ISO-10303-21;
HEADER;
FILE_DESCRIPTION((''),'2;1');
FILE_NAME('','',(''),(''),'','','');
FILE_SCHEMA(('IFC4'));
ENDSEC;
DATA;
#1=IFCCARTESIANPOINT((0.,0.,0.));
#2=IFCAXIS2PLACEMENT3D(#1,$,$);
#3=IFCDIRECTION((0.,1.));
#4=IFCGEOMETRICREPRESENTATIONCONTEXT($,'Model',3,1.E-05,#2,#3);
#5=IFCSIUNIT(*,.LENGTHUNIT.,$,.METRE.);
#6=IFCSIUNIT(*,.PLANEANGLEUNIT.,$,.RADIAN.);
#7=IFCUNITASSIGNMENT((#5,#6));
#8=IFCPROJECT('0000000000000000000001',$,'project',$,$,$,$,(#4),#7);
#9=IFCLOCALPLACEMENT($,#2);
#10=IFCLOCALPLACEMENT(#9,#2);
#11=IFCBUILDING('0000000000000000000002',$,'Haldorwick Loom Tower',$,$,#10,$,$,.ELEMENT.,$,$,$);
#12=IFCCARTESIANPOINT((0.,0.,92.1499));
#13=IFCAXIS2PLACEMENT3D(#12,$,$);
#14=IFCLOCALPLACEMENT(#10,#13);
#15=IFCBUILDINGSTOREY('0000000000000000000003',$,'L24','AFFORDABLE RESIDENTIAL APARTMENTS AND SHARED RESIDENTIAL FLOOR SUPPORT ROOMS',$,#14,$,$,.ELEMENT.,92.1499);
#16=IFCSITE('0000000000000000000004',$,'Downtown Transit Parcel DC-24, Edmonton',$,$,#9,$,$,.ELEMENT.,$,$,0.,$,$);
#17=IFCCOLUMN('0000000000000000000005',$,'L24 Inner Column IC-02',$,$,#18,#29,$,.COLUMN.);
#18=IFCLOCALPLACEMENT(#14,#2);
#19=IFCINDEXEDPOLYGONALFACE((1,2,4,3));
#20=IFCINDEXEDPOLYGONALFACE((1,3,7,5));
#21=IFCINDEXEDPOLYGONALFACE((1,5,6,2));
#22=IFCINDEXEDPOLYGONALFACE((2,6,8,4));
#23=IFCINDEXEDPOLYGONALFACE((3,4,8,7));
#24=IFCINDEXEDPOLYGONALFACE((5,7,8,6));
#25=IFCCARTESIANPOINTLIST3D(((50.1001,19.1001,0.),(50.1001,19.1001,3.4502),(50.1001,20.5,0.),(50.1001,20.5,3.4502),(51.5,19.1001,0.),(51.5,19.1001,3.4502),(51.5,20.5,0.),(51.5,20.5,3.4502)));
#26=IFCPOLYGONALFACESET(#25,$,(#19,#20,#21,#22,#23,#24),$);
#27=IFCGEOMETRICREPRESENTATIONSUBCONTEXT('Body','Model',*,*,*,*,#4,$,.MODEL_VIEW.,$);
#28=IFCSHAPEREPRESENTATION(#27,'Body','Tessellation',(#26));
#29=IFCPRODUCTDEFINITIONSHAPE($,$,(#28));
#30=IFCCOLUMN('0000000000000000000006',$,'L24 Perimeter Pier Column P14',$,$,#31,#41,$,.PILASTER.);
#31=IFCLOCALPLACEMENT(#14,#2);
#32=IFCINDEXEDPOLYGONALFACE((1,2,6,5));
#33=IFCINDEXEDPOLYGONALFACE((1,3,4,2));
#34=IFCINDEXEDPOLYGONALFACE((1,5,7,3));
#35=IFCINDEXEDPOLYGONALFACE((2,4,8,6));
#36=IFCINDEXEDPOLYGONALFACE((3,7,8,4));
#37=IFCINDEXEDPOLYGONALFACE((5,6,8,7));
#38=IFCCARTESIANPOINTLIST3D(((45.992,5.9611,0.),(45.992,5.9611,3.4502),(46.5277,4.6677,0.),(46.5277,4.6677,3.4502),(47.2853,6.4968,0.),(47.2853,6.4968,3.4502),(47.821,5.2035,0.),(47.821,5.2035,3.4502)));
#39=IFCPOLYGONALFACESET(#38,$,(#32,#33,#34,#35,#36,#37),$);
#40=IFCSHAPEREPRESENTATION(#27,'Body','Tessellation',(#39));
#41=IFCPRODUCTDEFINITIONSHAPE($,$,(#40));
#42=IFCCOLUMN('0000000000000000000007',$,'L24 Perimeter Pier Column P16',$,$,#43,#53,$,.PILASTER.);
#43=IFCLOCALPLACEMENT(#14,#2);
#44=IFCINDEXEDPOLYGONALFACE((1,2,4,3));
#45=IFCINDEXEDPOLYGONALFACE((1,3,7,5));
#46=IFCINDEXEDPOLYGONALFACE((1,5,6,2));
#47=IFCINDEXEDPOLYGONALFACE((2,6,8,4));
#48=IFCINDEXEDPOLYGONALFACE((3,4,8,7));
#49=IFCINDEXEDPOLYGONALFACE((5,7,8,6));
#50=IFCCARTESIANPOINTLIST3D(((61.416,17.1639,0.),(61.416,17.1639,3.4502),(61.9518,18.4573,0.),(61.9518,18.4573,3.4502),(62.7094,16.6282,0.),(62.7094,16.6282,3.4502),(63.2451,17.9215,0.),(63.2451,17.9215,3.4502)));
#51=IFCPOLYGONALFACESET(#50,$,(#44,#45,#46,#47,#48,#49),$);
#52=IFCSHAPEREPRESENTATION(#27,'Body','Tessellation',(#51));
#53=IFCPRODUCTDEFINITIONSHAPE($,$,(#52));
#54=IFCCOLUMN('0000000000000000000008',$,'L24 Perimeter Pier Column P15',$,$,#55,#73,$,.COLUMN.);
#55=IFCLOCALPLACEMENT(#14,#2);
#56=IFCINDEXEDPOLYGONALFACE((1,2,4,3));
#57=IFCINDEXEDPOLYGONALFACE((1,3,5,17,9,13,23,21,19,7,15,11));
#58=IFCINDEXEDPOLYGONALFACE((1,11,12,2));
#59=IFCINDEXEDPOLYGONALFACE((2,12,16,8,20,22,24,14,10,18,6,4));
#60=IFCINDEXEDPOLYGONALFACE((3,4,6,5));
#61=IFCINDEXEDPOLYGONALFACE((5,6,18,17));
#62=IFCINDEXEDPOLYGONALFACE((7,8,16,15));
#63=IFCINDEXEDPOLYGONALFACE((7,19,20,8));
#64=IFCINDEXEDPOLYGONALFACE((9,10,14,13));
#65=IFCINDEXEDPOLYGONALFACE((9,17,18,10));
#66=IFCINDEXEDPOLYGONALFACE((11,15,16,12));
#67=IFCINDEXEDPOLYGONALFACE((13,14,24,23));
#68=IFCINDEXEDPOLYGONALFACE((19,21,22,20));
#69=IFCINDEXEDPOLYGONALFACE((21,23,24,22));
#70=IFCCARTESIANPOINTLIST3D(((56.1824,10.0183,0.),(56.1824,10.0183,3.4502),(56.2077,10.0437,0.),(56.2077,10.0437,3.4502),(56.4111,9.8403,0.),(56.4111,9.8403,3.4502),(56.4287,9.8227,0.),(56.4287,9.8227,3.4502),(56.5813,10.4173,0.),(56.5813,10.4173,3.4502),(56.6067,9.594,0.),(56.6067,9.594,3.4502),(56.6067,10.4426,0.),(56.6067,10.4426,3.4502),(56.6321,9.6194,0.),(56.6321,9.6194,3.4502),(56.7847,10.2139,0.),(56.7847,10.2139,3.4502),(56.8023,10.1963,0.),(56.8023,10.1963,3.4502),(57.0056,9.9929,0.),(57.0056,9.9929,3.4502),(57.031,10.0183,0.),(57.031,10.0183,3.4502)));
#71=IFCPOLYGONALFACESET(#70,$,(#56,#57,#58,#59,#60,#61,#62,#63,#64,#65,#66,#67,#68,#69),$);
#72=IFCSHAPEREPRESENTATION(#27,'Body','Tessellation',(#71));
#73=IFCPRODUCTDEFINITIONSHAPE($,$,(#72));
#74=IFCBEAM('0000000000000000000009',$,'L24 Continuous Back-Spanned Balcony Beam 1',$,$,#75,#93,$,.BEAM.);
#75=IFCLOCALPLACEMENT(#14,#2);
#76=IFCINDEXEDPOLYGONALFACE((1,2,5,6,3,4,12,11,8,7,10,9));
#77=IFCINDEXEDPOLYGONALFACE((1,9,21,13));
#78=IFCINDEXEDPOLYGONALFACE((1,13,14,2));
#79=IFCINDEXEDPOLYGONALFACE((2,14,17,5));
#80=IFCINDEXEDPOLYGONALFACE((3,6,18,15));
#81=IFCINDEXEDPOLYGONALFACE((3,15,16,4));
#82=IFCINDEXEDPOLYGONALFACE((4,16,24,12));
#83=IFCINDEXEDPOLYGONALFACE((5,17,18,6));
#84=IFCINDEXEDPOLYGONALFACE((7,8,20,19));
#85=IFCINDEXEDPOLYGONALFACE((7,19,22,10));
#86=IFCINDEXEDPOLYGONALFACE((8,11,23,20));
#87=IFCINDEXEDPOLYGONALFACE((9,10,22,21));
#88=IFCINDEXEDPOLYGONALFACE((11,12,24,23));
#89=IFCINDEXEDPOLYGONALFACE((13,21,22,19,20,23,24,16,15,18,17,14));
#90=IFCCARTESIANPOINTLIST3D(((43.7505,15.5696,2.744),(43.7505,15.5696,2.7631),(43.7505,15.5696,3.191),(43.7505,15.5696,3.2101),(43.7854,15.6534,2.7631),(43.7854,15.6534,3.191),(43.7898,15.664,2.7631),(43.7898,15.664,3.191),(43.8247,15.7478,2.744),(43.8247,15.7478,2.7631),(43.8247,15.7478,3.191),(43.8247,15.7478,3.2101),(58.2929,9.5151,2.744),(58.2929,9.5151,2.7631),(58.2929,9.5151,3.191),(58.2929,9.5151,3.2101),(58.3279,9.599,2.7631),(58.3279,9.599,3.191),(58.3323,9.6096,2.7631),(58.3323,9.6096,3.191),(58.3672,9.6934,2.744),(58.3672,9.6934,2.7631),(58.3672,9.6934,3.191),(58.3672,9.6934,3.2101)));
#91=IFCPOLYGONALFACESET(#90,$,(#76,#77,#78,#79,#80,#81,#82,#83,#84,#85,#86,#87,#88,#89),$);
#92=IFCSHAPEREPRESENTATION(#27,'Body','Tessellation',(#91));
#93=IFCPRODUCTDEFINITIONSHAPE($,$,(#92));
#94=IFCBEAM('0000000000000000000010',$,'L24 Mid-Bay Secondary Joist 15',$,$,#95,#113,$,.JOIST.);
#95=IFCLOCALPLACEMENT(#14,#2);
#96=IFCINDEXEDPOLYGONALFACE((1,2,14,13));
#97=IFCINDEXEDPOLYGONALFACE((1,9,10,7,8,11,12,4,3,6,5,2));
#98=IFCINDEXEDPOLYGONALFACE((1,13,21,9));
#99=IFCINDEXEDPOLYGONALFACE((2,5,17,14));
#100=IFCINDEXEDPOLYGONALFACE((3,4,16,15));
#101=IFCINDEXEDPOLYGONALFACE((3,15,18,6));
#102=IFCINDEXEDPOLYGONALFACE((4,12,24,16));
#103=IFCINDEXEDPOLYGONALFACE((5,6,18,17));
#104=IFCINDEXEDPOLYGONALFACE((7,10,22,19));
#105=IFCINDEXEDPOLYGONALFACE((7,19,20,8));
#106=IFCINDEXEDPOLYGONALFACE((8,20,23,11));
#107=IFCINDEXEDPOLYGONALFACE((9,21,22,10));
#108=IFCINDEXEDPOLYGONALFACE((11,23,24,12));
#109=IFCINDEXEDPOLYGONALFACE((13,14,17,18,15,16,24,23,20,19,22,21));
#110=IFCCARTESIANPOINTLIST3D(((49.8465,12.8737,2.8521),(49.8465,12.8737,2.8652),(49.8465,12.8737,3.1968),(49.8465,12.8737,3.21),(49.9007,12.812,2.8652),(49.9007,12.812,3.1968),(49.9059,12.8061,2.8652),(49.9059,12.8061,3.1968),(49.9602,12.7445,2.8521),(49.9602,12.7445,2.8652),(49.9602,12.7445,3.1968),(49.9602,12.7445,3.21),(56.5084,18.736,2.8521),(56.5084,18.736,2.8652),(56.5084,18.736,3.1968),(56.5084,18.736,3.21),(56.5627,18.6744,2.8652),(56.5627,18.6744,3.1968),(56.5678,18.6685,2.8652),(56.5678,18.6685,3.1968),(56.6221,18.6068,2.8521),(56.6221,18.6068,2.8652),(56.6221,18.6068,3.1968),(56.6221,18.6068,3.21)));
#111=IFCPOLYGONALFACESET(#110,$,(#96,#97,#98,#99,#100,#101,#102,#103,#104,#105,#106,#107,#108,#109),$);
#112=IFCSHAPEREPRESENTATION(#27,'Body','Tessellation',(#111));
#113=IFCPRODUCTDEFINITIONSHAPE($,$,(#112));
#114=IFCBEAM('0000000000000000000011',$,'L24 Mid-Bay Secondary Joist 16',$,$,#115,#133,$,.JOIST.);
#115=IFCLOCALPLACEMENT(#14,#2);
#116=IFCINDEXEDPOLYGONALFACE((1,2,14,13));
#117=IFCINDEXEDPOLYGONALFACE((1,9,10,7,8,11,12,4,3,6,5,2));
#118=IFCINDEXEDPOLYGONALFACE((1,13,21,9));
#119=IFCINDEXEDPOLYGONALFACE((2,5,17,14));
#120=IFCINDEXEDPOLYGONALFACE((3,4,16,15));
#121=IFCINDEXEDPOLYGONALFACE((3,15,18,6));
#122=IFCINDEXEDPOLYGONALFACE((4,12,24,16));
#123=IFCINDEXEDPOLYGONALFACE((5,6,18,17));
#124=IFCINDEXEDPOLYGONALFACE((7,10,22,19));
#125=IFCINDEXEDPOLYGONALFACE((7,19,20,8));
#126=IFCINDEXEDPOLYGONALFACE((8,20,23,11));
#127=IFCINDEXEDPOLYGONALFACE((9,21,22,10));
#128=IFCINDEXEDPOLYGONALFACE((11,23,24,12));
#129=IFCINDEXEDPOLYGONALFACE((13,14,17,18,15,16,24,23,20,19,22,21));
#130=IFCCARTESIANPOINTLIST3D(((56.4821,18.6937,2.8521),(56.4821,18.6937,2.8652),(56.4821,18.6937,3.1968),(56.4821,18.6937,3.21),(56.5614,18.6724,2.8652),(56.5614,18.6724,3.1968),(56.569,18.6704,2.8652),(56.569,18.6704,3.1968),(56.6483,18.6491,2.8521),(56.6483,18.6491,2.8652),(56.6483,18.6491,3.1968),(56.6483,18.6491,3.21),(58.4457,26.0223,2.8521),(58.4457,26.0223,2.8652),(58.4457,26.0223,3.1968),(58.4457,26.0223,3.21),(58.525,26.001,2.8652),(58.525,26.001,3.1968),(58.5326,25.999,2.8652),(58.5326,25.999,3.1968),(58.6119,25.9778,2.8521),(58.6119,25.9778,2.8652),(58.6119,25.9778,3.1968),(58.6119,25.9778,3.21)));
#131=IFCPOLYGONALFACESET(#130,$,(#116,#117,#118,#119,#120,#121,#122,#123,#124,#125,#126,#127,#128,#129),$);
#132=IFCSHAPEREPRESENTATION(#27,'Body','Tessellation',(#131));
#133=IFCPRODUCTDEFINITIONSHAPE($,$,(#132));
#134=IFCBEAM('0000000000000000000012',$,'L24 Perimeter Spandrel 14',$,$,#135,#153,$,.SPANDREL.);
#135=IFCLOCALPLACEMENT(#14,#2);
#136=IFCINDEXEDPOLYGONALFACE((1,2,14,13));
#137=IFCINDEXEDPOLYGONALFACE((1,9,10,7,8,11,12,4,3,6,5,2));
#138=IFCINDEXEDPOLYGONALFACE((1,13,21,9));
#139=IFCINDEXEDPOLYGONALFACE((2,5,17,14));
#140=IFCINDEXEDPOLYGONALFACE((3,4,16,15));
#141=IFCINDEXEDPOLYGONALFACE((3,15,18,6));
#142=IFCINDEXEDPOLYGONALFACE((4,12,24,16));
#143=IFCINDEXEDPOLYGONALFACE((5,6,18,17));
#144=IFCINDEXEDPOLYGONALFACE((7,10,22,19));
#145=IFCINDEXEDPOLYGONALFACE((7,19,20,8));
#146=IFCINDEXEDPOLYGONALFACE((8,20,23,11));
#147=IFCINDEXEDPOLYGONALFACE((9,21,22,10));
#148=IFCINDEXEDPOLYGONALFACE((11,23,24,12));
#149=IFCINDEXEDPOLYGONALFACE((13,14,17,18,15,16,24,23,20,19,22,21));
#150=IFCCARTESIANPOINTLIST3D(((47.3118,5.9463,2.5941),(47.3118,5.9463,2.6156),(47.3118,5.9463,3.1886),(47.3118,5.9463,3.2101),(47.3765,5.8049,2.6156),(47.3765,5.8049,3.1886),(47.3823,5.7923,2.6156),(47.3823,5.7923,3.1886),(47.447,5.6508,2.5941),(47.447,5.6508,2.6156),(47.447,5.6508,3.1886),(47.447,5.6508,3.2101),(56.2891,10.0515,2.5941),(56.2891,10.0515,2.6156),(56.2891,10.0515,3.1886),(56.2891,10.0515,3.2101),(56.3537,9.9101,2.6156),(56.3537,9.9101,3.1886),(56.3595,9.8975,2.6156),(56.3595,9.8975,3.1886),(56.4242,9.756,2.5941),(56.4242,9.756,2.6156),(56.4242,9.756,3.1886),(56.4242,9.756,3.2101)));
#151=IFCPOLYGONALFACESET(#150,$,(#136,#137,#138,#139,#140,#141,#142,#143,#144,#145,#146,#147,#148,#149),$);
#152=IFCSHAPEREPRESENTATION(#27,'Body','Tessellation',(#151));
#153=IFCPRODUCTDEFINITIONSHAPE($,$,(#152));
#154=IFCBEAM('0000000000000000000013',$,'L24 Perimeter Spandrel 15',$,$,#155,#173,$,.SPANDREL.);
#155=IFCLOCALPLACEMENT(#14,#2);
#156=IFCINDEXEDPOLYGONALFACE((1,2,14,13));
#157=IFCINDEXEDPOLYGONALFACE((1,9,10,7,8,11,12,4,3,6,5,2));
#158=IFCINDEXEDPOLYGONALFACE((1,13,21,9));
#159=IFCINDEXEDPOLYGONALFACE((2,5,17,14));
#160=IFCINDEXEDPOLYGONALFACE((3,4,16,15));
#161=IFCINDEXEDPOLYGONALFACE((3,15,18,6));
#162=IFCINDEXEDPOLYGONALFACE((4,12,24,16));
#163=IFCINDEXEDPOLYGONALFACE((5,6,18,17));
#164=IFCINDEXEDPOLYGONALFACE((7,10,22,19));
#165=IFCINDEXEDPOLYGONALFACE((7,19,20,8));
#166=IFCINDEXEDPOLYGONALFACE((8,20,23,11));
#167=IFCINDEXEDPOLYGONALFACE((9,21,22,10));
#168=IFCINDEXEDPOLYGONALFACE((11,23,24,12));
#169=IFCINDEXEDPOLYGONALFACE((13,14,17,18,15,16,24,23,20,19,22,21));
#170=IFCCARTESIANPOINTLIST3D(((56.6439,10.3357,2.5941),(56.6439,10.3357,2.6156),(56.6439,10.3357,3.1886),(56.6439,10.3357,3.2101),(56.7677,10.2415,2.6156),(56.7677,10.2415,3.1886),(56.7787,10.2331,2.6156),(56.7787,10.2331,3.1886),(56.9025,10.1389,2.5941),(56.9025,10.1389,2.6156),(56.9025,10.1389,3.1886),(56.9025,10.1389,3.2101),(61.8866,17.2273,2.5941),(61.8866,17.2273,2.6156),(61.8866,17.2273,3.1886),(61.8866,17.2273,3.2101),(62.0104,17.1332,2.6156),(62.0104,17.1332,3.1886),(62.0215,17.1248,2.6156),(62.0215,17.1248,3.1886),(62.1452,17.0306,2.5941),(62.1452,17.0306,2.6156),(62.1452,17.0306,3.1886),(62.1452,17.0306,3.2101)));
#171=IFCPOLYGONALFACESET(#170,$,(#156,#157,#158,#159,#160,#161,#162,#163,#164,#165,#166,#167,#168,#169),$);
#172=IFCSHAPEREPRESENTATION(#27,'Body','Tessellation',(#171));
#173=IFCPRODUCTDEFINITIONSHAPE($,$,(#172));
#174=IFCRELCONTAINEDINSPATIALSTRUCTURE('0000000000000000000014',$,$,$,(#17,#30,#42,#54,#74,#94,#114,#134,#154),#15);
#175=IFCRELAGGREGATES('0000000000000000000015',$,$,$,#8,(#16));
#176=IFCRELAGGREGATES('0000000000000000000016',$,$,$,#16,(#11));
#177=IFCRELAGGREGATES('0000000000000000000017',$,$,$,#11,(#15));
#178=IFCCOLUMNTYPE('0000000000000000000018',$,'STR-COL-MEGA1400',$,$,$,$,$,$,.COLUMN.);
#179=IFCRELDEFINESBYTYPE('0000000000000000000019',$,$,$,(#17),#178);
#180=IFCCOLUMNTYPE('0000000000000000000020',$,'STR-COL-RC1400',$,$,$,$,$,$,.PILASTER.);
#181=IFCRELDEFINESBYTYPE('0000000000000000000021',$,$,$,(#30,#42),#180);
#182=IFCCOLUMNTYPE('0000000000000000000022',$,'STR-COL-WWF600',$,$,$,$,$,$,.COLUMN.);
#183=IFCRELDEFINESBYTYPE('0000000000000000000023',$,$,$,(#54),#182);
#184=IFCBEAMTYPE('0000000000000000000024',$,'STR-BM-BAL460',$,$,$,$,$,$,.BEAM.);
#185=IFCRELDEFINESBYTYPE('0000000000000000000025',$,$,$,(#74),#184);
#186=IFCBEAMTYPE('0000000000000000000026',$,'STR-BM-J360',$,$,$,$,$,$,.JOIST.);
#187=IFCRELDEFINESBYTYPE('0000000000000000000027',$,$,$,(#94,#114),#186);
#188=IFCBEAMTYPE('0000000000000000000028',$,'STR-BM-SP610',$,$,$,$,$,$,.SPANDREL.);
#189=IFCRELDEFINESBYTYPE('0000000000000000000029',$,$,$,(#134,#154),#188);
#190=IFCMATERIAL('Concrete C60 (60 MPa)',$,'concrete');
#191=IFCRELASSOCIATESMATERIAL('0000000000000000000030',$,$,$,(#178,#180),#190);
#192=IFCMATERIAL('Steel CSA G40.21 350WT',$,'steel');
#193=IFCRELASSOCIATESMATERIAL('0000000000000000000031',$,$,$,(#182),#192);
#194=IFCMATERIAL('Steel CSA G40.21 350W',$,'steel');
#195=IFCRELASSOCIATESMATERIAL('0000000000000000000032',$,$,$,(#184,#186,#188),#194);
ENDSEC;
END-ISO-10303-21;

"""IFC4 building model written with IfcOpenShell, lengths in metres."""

from ifc_helpers import new_model, si_unit, direction, frame, origin, origin_2d, place, context, subcontext, project, spatial, rectangle, i_section, extrude, material, material_profile, profile_set, type_object, element, save


model = new_model("IFC4")

# Units and contexts
model_context = context("Model", 3, precision=1e-05, world=origin(), true_north=direction((0.0, 1.0)))
body_context = subcontext(model_context, "Body", "Model", "MODEL_VIEW")
ifc_project = project(units=[si_unit("LENGTHUNIT", "METRE"), si_unit("PLANEANGLEUNIT", "RADIAN")], contexts=[model_context])

# Site, building, storey
site_placement = place(None, origin())
site = spatial("IfcSite", under=ifc_project, at=site_placement, Name="Downtown Transit Parcel DC-24, Edmonton", CompositionType="ELEMENT", RefElevation=0.0)
building_placement = place(site_placement, origin())
building = spatial("IfcBuilding", under=site, at=building_placement, Name="Haldorwick Loom Tower", CompositionType="ELEMENT")
storey_placement = place(building_placement, frame((0.0, 0.0, 92.1499)))
storey = spatial("IfcBuildingStorey", under=building, at=storey_placement, Name="L24", Description="AFFORDABLE RESIDENTIAL APARTMENTS AND SHARED RESIDENTIAL FLOOR SUPPORT ROOMS", CompositionType="ELEMENT", Elevation=92.1499)

# Columns
ifc_material_1 = material(Name="Concrete C60 (60 MPa)", Category="concrete")
ifc_material_profile_1 = material_profile(ifc_material_1, rectangle(XDim=1.3999, YDim=1.3999, at=origin_2d()), Name="RC1400X1400", Category="concrete")
ifc_profile_set_1 = profile_set([ifc_material_profile_1], Name="Concrete C60 (60 MPa)")
column_type_1 = type_object("IfcColumnType", Name="STR-COL-MEGA1400", PredefinedType="COLUMN", material=ifc_profile_set_1)
column_1_placement = place(storey_placement, frame((50.8, 19.8, 0.0), z_axis=(0.0, 0.0, 1.0), x_axis=(1.0, 0.0, 0.0)))
element("IfcColumn", 1, at=column_1_placement, inside=storey, type_object=column_type_1, Name="L24 Inner Column IC-02", PredefinedType="COLUMN", context=body_context, shape_type="SweptSolid", body=[
    extrude(rectangle(XDim=1.3999, YDim=1.3999, at=origin_2d()), origin(), (0.0, 0.0, 1.0), 3.4502),
])
ifc_material_profile_2 = material_profile(ifc_material_1, rectangle(XDim=1.3999, YDim=1.3999, at=origin_2d()), Name="RC1400X1400", Category="concrete")
ifc_profile_set_2 = profile_set([ifc_material_profile_2], Name="Concrete C60 (60 MPa)")
column_type_2 = type_object("IfcColumnType", Name="STR-COL-RC1400", PredefinedType="PILASTER", material=ifc_profile_set_2)
for number, where, z_axis, x_axis, name in (
    (2, (46.9065, 5.5823, 0.0), (0.0, 0.0, 1.0), (0.382683, -0.92388, 0.0), "L24 Perimeter Pier Column P14"),
    (3, (62.3306, 17.5427, 0.0), (0.0, 0.0, 1.0), (0.92388, -0.382683, 0.0), "L24 Perimeter Pier Column P16"),
):
    element("IfcColumn", number, at=place(storey_placement, frame(where, z_axis=z_axis, x_axis=x_axis)), inside=storey, type_object=column_type_2, Name=name, PredefinedType="PILASTER", context=body_context, shape_type="SweptSolid", body=[
        extrude(rectangle(XDim=1.3999, YDim=1.3999, at=origin_2d()), origin(), (0.0, 0.0, 1.0), 3.4502),
    ])
ifc_material_2 = material(Name="Steel CSA G40.21 350WT", Category="steel")
ifc_material_profile_3 = material_profile(ifc_material_2, i_section(OverallWidth=0.6001, OverallDepth=0.6001, WebThickness=0.0249, FlangeThickness=0.0359, at=origin_2d()), Name="WWF600X600", Category="steel")
ifc_profile_set_3 = profile_set([ifc_material_profile_3], Name="Steel CSA G40.21 350WT")
column_type_3 = type_object("IfcColumnType", Name="STR-COL-WWF600", PredefinedType="COLUMN", material=ifc_profile_set_3)
column_2_placement = place(storey_placement, frame((56.6067, 10.0183, 0.0), z_axis=(0.0, 0.0, 1.0), x_axis=(0.707107, -0.707107, 0.0)))
element("IfcColumn", 4, at=column_2_placement, inside=storey, type_object=column_type_3, Name="L24 Perimeter Pier Column P15", PredefinedType="COLUMN", context=body_context, shape_type="SweptSolid", body=[
    extrude(i_section(OverallWidth=0.6001, OverallDepth=0.6001, WebThickness=0.0249, FlangeThickness=0.0359, at=origin_2d()), origin(), (0.0, 0.0, 1.0), 3.4502),
])

# Beams
ifc_material_3 = material(Name="Steel CSA G40.21 350W", Category="steel")
ifc_material_profile_4 = material_profile(ifc_material_3, i_section(OverallWidth=0.1931, OverallDepth=0.4661, WebThickness=0.0115, FlangeThickness=0.019, at=origin_2d()), Name="W460X97", Category="steel")
ifc_profile_set_4 = profile_set([ifc_material_profile_4], Name="Steel CSA G40.21 350W")
beam_type_1 = type_object("IfcBeamType", Name="STR-BM-BAL460", PredefinedType="BEAM", material=ifc_profile_set_4)
beam_1_placement = place(storey_placement, frame((43.7876, 15.6587, 2.9771), z_axis=(0.923188, -0.384349, 0.0), x_axis=(0.384349, 0.923188, 0.0)))
element("IfcBeam", 5, at=beam_1_placement, inside=storey, type_object=beam_type_1, Name="L24 Continuous Back-Spanned Balcony Beam 1", PredefinedType="BEAM", context=body_context, shape_type="SweptSolid", body=[
    extrude(i_section(OverallWidth=0.1931, OverallDepth=0.4661, WebThickness=0.0115, FlangeThickness=0.019, at=origin_2d()), origin(), (0.0, 0.0, 1.0), 15.7524),
])
ifc_material_profile_5 = material_profile(ifc_material_3, i_section(OverallWidth=0.1721, OverallDepth=0.3579, WebThickness=0.0078, FlangeThickness=0.0132, at=origin_2d()), Name="W360X57", Category="steel")
ifc_profile_set_5 = profile_set([ifc_material_profile_5], Name="Steel CSA G40.21 350W")
beam_type_2 = type_object("IfcBeamType", Name="STR-BM-J360", PredefinedType="JOIST", material=ifc_profile_set_5)
beam_2_placement = place(storey_placement, frame((49.9033, 12.8091, 3.031), z_axis=(0.750721, 0.660619, 0.0), x_axis=(-0.660619, 0.750721, 0.0)))
element("IfcBeam", 6, at=beam_2_placement, inside=storey, type_object=beam_type_2, Name="L24 Mid-Bay Secondary Joist 15", PredefinedType="JOIST", context=body_context, shape_type="SweptSolid", body=[
    extrude(i_section(OverallWidth=0.1721, OverallDepth=0.3579, WebThickness=0.0078, FlangeThickness=0.0132, at=origin_2d()), origin(), (0.0, 0.0, 1.0), 8.874),
])
beam_3_placement = place(storey_placement, frame((56.5652, 18.6714, 3.031), z_axis=(0.25881, 0.965928, 0.0), x_axis=(-0.965928, 0.25881, 0.0)))
element("IfcBeam", 7, at=beam_3_placement, inside=storey, type_object=beam_type_2, Name="L24 Mid-Bay Secondary Joist 16", PredefinedType="JOIST", context=body_context, shape_type="SweptSolid", body=[
    extrude(i_section(OverallWidth=0.1721, OverallDepth=0.3579, WebThickness=0.0078, FlangeThickness=0.0132, at=origin_2d()), origin(), (0.0, 0.0, 1.0), 7.5872),
])
ifc_material_profile_6 = material_profile(ifc_material_3, i_section(OverallWidth=0.325, OverallDepth=0.616, WebThickness=0.0139, FlangeThickness=0.0215, at=origin_2d()), Name="W610X174", Category="steel")
ifc_profile_set_6 = profile_set([ifc_material_profile_6], Name="Steel CSA G40.21 350W")
beam_type_3 = type_object("IfcBeamType", Name="STR-BM-SP610", PredefinedType="SPANDREL", material=ifc_profile_set_6)
beam_4_placement = place(storey_placement, frame((47.3794, 5.7986, 2.9021), z_axis=(0.909424, 0.41587, 0.0), x_axis=(-0.41587, 0.909424, 0.0)))
element("IfcBeam", 8, at=beam_4_placement, inside=storey, type_object=beam_type_3, Name="L24 Perimeter Spandrel 14", PredefinedType="SPANDREL", context=body_context, shape_type="SweptSolid", body=[
    extrude(i_section(OverallWidth=0.325, OverallDepth=0.616, WebThickness=0.0139, FlangeThickness=0.0215, at=origin_2d()), origin(), (0.0, 0.0, 1.0), 9.8713),
])
beam_5_placement = place(storey_placement, frame((56.7732, 10.2373, 2.9021), z_axis=(0.605454, 0.795881, 0.0), x_axis=(-0.795881, 0.605454, 0.0)))
element("IfcBeam", 9, at=beam_5_placement, inside=storey, type_object=beam_type_3, Name="L24 Perimeter Spandrel 15", PredefinedType="SPANDREL", context=body_context, shape_type="SweptSolid", body=[
    extrude(i_section(OverallWidth=0.325, OverallDepth=0.616, WebThickness=0.0139, FlangeThickness=0.0215, at=origin_2d()), origin(), (0.0, 0.0, 1.0), 8.6592),
])

save(model, "model.ifc")
